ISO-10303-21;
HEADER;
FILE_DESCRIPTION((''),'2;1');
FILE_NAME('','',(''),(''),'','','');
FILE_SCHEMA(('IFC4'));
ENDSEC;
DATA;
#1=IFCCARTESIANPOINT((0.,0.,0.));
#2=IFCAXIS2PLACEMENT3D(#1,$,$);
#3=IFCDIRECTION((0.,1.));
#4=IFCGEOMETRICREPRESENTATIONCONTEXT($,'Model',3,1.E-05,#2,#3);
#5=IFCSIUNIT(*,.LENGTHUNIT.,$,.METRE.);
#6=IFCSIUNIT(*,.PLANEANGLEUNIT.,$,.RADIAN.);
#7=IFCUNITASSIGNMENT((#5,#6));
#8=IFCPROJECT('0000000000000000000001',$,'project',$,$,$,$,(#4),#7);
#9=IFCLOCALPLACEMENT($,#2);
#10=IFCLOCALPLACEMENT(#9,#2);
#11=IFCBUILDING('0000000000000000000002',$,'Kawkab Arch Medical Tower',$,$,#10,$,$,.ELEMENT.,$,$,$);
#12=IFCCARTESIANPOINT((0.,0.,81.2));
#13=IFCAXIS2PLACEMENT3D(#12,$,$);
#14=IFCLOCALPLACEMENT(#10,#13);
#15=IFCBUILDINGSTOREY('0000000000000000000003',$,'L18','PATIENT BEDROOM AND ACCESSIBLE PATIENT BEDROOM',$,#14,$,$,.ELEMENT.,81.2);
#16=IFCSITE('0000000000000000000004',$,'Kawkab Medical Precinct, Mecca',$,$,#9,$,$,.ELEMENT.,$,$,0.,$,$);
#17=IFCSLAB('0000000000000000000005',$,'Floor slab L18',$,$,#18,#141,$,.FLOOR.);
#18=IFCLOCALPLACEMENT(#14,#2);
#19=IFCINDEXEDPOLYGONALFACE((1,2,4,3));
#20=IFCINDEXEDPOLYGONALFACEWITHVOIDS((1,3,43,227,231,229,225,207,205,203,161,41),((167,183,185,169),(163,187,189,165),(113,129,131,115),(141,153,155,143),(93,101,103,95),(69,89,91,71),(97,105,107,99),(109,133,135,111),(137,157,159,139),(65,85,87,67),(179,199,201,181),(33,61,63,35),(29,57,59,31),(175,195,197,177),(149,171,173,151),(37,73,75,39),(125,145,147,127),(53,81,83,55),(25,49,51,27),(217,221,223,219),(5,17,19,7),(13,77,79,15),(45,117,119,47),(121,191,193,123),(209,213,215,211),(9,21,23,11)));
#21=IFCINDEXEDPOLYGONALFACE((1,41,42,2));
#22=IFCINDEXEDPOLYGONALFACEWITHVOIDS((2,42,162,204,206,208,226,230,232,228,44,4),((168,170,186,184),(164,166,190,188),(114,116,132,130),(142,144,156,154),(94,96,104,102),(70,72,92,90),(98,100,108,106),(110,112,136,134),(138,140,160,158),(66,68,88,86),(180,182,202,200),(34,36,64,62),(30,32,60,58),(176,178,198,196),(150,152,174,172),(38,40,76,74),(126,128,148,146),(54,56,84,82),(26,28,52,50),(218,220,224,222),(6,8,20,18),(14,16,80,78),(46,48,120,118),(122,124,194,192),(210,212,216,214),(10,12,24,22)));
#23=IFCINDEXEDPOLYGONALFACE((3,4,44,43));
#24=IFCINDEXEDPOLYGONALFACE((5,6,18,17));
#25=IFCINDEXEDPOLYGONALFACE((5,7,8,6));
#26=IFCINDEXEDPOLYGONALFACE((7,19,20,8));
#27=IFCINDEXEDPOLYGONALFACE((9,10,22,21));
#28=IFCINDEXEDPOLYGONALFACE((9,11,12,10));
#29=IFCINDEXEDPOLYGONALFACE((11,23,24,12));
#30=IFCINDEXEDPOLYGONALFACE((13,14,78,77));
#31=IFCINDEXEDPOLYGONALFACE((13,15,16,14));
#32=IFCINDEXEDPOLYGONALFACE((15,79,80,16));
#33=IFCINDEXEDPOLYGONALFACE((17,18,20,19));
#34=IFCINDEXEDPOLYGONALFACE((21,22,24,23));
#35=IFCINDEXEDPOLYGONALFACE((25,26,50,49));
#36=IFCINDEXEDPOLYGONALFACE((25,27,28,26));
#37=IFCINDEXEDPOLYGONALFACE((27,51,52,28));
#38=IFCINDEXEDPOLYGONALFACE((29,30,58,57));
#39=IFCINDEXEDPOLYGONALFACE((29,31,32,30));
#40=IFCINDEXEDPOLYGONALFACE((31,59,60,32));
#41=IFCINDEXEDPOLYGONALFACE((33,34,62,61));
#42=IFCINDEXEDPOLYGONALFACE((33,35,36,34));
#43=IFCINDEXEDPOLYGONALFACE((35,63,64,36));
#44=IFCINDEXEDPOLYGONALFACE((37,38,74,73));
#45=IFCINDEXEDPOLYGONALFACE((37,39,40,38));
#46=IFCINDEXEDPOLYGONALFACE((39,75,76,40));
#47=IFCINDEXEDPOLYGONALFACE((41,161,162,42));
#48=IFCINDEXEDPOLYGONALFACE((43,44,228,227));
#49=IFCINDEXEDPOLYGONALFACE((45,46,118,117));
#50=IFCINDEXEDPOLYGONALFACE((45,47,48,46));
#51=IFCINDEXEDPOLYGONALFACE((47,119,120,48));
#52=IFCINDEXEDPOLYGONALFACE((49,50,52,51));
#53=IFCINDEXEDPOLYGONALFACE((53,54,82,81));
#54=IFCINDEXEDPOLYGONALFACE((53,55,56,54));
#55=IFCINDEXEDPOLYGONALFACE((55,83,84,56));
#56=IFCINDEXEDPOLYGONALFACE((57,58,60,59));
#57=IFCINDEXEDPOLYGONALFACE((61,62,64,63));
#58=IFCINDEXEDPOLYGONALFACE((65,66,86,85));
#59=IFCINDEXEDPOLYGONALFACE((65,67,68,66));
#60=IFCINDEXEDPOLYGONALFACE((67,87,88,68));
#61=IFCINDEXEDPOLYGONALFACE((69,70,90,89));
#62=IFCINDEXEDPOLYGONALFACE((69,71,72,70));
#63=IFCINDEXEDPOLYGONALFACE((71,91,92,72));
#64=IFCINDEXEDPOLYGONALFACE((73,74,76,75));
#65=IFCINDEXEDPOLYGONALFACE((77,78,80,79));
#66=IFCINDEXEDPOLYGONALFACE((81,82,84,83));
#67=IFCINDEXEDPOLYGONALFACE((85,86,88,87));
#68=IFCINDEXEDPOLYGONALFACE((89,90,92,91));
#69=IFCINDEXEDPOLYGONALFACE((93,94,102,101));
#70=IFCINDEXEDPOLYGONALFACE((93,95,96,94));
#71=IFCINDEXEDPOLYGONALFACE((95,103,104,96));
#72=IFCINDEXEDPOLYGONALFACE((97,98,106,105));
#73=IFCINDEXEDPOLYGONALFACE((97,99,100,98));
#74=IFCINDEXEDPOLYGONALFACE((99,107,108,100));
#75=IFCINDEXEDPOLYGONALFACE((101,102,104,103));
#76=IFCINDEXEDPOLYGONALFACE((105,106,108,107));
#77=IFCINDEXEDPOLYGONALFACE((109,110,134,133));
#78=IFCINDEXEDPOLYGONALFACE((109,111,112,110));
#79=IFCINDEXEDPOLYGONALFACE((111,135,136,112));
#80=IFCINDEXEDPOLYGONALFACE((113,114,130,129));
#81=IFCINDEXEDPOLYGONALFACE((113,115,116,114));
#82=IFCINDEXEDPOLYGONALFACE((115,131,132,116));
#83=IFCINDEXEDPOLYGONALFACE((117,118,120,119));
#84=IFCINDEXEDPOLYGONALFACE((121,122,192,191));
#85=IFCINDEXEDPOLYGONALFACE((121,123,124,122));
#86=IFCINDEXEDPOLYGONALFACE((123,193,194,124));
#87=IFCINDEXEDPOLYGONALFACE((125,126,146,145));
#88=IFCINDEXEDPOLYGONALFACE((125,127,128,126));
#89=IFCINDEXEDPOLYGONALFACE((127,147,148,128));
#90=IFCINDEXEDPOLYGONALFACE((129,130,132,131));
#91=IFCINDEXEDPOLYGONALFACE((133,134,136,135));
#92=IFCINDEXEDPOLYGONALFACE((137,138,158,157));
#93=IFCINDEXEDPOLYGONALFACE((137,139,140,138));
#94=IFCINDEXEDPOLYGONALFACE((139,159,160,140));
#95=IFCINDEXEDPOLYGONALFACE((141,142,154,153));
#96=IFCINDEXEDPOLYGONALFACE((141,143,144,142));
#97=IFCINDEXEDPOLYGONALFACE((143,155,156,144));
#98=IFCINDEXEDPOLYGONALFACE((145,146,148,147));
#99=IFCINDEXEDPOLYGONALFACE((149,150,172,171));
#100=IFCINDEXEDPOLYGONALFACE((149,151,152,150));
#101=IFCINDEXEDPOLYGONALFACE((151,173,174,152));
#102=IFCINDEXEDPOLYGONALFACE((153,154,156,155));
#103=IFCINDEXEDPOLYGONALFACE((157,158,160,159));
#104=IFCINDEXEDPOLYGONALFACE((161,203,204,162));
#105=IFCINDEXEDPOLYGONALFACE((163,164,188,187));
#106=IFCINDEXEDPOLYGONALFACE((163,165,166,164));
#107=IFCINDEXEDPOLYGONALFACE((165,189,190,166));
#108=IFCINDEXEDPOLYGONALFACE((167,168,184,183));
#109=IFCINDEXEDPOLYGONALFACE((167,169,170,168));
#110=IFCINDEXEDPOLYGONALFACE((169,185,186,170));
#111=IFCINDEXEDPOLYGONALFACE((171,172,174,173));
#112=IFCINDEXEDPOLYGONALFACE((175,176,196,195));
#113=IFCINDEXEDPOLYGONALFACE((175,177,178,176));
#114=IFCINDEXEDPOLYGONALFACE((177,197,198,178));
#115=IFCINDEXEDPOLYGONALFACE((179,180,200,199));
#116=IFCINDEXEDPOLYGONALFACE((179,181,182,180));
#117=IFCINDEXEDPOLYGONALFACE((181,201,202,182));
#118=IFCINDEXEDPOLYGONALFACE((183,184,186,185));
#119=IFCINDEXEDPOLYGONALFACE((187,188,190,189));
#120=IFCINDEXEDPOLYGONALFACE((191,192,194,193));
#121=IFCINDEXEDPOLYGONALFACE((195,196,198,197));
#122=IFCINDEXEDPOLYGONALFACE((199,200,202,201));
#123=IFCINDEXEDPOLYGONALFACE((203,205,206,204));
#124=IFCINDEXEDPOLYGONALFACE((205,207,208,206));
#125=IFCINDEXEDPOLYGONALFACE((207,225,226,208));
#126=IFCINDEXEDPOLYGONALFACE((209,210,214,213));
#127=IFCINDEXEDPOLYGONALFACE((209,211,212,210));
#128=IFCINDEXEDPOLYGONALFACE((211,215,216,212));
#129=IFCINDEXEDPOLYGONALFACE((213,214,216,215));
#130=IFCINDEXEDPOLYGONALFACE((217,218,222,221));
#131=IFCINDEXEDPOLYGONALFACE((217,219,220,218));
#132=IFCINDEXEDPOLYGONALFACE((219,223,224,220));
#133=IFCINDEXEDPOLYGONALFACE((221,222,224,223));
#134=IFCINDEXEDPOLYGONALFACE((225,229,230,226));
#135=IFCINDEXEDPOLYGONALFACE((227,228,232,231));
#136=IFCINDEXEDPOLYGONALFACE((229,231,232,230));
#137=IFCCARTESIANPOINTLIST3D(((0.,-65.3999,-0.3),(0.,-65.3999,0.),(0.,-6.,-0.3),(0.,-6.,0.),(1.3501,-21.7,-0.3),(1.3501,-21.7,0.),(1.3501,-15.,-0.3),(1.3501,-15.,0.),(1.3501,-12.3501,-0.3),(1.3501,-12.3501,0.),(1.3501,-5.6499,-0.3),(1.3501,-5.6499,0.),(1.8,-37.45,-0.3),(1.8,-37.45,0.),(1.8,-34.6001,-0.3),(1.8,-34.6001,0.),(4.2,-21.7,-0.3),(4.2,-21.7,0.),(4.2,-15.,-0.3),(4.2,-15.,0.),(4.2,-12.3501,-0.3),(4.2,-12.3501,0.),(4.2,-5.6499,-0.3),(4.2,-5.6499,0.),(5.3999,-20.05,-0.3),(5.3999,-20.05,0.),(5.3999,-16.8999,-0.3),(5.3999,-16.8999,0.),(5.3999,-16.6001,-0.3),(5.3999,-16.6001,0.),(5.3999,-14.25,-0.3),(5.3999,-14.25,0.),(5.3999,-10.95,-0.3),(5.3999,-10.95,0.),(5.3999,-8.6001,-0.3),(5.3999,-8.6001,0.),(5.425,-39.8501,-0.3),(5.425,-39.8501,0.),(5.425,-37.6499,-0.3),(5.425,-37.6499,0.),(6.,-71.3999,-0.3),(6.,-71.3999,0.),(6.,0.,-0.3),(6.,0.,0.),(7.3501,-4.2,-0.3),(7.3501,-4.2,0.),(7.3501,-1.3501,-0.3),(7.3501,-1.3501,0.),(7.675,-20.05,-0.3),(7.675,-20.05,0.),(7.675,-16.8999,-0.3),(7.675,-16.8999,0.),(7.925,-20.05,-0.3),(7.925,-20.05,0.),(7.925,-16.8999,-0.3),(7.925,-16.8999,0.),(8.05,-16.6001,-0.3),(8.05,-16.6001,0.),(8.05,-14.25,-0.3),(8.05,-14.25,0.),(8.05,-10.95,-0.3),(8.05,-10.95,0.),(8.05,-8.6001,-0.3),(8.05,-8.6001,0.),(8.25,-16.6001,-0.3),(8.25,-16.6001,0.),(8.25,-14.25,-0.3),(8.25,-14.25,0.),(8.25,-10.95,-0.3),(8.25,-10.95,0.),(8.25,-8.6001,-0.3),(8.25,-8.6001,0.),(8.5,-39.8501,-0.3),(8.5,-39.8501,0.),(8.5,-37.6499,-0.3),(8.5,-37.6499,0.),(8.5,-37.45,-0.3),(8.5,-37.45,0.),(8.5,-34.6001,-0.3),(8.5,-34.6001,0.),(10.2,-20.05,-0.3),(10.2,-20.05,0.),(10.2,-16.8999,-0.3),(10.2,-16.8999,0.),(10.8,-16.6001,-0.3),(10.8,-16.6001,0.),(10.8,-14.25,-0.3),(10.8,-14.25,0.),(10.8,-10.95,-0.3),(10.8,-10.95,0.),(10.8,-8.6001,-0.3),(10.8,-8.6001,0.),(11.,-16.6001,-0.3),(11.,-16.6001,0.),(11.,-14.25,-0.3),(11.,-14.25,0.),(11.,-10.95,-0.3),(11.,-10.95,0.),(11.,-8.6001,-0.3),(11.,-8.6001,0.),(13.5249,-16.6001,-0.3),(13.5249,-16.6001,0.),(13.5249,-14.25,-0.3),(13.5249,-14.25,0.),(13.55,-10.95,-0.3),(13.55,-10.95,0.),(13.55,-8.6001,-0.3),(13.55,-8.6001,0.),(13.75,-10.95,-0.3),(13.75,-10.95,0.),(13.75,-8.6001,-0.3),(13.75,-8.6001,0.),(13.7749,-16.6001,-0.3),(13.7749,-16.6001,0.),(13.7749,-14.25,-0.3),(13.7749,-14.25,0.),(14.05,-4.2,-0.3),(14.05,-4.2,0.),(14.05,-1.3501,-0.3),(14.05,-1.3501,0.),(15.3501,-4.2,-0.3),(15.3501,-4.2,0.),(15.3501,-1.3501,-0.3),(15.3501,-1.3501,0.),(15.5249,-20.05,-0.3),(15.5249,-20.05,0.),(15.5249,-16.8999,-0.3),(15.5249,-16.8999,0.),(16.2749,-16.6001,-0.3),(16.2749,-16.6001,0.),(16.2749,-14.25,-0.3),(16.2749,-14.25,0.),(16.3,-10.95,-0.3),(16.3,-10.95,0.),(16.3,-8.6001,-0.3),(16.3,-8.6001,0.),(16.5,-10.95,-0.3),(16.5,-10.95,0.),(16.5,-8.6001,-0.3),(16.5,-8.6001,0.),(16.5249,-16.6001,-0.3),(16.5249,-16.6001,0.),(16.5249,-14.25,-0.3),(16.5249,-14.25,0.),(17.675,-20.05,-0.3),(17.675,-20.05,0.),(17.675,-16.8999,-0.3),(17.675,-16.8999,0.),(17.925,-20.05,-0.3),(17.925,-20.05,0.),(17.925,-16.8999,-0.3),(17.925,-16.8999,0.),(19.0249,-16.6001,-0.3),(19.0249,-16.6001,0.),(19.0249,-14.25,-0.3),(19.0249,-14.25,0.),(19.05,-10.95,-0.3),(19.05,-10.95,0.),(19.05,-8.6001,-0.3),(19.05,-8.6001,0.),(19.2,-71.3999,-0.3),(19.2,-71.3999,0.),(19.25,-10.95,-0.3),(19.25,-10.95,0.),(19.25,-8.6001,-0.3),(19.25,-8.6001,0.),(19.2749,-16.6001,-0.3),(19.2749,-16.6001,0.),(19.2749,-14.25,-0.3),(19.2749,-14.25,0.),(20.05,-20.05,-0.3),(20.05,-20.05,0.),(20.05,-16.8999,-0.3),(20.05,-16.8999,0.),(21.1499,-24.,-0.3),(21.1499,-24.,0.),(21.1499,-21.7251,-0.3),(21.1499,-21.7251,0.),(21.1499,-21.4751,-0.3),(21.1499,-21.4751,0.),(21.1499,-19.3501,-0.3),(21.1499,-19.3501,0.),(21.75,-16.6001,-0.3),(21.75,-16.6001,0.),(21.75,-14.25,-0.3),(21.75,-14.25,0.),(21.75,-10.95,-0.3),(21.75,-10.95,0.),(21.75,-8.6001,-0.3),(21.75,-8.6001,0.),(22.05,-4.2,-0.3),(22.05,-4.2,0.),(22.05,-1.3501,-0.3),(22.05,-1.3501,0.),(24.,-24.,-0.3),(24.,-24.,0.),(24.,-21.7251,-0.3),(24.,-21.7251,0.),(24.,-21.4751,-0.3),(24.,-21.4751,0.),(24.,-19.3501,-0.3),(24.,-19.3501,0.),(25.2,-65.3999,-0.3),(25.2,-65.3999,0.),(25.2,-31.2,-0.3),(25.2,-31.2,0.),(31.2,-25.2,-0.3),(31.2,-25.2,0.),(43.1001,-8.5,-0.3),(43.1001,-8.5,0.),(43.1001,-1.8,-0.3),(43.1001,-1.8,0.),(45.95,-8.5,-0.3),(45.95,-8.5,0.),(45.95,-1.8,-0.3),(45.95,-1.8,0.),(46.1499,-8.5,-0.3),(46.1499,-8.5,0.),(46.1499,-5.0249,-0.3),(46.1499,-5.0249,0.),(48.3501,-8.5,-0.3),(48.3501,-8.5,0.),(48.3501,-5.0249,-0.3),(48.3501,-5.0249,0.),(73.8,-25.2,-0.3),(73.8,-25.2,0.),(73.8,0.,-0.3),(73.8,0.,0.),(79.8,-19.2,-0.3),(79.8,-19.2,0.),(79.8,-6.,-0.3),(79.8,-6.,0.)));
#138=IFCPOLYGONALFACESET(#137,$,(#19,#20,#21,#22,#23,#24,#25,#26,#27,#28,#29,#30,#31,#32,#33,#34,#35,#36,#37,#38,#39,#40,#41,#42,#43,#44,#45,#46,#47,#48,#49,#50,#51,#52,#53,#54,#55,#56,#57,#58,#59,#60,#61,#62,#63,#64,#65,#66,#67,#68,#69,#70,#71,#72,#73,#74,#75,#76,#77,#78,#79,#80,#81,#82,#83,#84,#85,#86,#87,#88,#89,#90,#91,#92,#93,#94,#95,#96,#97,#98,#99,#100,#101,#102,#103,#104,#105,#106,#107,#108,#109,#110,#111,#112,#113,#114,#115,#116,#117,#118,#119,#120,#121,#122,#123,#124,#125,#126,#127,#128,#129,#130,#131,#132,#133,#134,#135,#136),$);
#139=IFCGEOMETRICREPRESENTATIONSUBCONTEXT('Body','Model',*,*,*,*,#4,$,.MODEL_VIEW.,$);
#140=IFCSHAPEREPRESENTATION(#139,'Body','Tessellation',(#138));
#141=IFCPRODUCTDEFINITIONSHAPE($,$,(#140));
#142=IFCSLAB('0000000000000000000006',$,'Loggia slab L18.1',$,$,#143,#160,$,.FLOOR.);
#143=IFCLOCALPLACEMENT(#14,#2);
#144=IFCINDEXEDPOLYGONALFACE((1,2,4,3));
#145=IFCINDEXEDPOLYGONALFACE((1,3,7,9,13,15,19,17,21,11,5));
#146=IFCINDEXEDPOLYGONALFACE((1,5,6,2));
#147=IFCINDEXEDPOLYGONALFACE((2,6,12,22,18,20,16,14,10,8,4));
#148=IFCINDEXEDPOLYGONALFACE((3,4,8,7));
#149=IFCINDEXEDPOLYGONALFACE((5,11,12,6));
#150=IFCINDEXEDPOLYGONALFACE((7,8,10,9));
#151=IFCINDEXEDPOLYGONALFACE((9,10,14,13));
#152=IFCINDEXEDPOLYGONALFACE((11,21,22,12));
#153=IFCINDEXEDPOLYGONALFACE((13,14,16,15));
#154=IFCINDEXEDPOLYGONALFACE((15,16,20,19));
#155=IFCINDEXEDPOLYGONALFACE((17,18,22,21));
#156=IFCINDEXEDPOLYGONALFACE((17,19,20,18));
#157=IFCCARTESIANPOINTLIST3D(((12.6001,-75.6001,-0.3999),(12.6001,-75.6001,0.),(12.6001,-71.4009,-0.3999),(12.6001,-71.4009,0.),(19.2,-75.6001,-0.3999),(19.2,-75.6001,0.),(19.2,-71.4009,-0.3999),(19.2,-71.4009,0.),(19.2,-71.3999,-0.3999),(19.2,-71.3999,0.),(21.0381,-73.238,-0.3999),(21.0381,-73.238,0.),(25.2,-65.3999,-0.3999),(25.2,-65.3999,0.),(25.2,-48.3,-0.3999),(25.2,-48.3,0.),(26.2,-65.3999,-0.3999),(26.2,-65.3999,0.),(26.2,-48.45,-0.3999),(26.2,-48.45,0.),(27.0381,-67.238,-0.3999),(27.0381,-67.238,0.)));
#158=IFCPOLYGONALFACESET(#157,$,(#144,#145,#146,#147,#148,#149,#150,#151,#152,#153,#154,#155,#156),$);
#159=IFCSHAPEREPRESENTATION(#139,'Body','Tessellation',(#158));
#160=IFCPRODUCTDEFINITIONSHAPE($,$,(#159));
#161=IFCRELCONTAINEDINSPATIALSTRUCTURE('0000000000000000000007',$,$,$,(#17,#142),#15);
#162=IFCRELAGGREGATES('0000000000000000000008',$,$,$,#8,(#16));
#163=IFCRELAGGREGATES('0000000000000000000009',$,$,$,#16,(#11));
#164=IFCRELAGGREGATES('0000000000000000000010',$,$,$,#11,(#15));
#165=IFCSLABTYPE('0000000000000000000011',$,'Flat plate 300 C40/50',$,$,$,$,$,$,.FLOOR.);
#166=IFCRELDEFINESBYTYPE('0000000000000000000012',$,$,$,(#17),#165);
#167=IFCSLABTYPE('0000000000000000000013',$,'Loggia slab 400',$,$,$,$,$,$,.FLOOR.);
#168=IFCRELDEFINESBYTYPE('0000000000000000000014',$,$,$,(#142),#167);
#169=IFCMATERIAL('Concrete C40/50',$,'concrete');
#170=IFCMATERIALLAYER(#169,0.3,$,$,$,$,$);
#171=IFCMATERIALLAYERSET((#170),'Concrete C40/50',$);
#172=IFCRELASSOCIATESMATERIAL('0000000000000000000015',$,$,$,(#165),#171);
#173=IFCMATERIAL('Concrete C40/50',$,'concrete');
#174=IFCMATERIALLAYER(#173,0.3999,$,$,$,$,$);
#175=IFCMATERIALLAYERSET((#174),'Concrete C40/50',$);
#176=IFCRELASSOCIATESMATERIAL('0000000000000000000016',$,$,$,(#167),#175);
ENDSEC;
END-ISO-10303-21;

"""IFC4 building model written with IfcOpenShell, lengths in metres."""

from ifc_helpers import new_model, si_unit, direction, frame, origin, place, context, subcontext, project, spatial, polyline, outline, extrude, material, layer, layer_set, type_object, element, save


model = new_model("IFC4")

# Units and contexts
model_context = context("Model", 3, precision=1e-05, world=origin(), true_north=direction((0.0, 1.0)))
body_context = subcontext(model_context, "Body", "Model", "MODEL_VIEW")
ifc_project = project(units=[si_unit("LENGTHUNIT", "METRE"), si_unit("PLANEANGLEUNIT", "RADIAN")], contexts=[model_context])

# Site, building, storey
site_placement = place(None, origin())
site = spatial("IfcSite", under=ifc_project, at=site_placement, Name="Kawkab Medical Precinct, Mecca", CompositionType="ELEMENT", RefElevation=0.0)
building_placement = place(site_placement, origin())
building = spatial("IfcBuilding", under=site, at=building_placement, Name="Kawkab Arch Medical Tower", CompositionType="ELEMENT")
storey_placement = place(building_placement, frame((0.0, 0.0, 81.2)))
storey = spatial("IfcBuildingStorey", under=building, at=storey_placement, Name="L18", Description="PATIENT BEDROOM AND ACCESSIBLE PATIENT BEDROOM", CompositionType="ELEMENT", Elevation=81.2)

# Slabs
ifc_material_1 = material(Name="Concrete C40/50", Category="concrete")
ifc_layer_1 = layer(ifc_material_1, 0.3)
ifc_layer_set_1 = layer_set([ifc_layer_1], Name="Concrete C40/50")
slab_type_1 = type_object("IfcSlabType", Name="Flat plate 300 C40/50", PredefinedType="FLOOR", material=ifc_layer_set_1)
slab_1_placement = place(storey_placement, frame((0.0, 0.0, -0.3)))
element("IfcSlab", 1, at=slab_1_placement, inside=storey, type_object=slab_type_1, Name="Floor slab L18", PredefinedType="FLOOR", context=body_context, shape_type="SweptSolid", body=[
    extrude(outline(polyline([(6.0, 0.0), (73.8, 0.0), (79.8, -6.0), (79.8, -19.2), (73.8, -25.2), (31.2, -25.2), (25.2, -31.2), (25.2, -65.3999), (19.2, -71.3999), (6.0, -71.3999), (0.0, -65.3999), (0.0, -6.0), (6.0, 0.0)]), holes=[polyline([(5.425, -37.6499), (5.425, -39.8501), (8.5, -39.8501), (8.5, -37.6499), (5.425, -37.6499)]), polyline([(1.8, -37.45), (8.5, -37.45), (8.5, -34.6001), (1.8, -34.6001), (1.8, -37.45)]), polyline([(5.3999, -16.8999), (5.3999, -20.05), (7.675, -20.05), (7.675, -16.8999), (5.3999, -16.8999)]), polyline([(10.2, -16.8999), (7.925, -16.8999), (7.925, -20.05), (10.2, -20.05), (10.2, -16.8999)]), polyline([(4.2, -21.7), (4.2, -15.0), (1.3501, -15.0), (1.3501, -21.7), (4.2, -21.7)]), polyline([(5.3999, -14.25), (5.3999, -16.6001), (8.05, -16.6001), (8.05, -14.25), (5.3999, -14.25)]), polyline([(8.25, -16.6001), (10.8, -16.6001), (10.8, -14.25), (8.25, -14.25), (8.25, -16.6001)]), polyline([(13.5249, -16.6001), (13.5249, -14.25), (11.0, -14.25), (11.0, -16.6001), (13.5249, -16.6001)]), polyline([(5.3999, -8.6001), (5.3999, -10.95), (8.05, -10.95), (8.05, -8.6001), (5.3999, -8.6001)]), polyline([(8.25, -10.95), (10.8, -10.95), (10.8, -8.6001), (8.25, -8.6001), (8.25, -10.95)]), polyline([(13.55, -8.6001), (11.0, -8.6001), (11.0, -10.95), (13.55, -10.95), (13.55, -8.6001)]), polyline([(4.2, -12.3501), (4.2, -5.6499), (1.3501, -5.6499), (1.3501, -12.3501), (4.2, -12.3501)]), polyline([(7.3501, -4.2), (14.05, -4.2), (14.05, -1.3501), (7.3501, -1.3501), (7.3501, -4.2)]), polyline([(24.0, -21.7251), (21.1499, -21.7251), (21.1499, -24.0), (24.0, -24.0), (24.0, -21.7251)]), polyline([(24.0, -21.4751), (24.0, -19.3501), (21.1499, -19.3501), (21.1499, -21.4751), (24.0, -21.4751)]), polyline([(17.675, -20.05), (17.675, -16.8999), (15.5249, -16.8999), (15.5249, -20.05), (17.675, -20.05)]), polyline([(20.05, -16.8999), (17.925, -16.8999), (17.925, -20.05), (20.05, -20.05), (20.05, -16.8999)]), polyline([(13.7749, -16.6001), (16.2749, -16.6001), (16.2749, -14.25), (13.7749, -14.25), (13.7749, -16.6001)]), polyline([(16.5249, -16.6001), (19.0249, -16.6001), (19.0249, -14.25), (16.5249, -14.25), (16.5249, -16.6001)]), polyline([(21.75, -14.25), (19.2749, -14.25), (19.2749, -16.6001), (21.75, -16.6001), (21.75, -14.25)]), polyline([(16.3, -10.95), (16.3, -8.6001), (13.75, -8.6001), (13.75, -10.95), (16.3, -10.95)]), polyline([(19.05, -10.95), (19.05, -8.6001), (16.5, -8.6001), (16.5, -10.95), (19.05, -10.95)]), polyline([(21.75, -8.6001), (19.25, -8.6001), (19.25, -10.95), (21.75, -10.95), (21.75, -8.6001)]), polyline([(46.1499, -5.0249), (46.1499, -8.5), (48.3501, -8.5), (48.3501, -5.0249), (46.1499, -5.0249)]), polyline([(43.1001, -1.8), (43.1001, -8.5), (45.95, -8.5), (45.95, -1.8), (43.1001, -1.8)]), polyline([(22.05, -1.3501), (15.3501, -1.3501), (15.3501, -4.2), (22.05, -4.2), (22.05, -1.3501)])]), origin(), (0.0, 0.0, 1.0), 0.3),
])
ifc_material_2 = material(Name="Concrete C40/50", Category="concrete")
ifc_layer_2 = layer(ifc_material_2, 0.3999)
ifc_layer_set_2 = layer_set([ifc_layer_2], Name="Concrete C40/50")
slab_type_2 = type_object("IfcSlabType", Name="Loggia slab 400", PredefinedType="FLOOR", material=ifc_layer_set_2)
placement_1 = place(storey_placement, frame((0.0, 0.0, -0.3999)))
element("IfcSlab", 2, at=placement_1, inside=storey, type_object=slab_type_2, Name="Loggia slab L18.1", PredefinedType="FLOOR", context=body_context, shape_type="SweptSolid", body=[
    extrude(outline(polyline([(12.6001, -75.6001), (12.6001, -71.4009), (19.2, -71.4009), (19.2, -71.3999), (25.2, -65.3999), (25.2, -48.3), (26.2, -48.45), (26.2, -65.3999), (27.0381, -67.238), (21.0381, -73.238), (19.2, -75.6001), (12.6001, -75.6001)])), origin(), (0.0, 0.0, 1.0), 0.3999),
])

save(model, "model.ifc")
